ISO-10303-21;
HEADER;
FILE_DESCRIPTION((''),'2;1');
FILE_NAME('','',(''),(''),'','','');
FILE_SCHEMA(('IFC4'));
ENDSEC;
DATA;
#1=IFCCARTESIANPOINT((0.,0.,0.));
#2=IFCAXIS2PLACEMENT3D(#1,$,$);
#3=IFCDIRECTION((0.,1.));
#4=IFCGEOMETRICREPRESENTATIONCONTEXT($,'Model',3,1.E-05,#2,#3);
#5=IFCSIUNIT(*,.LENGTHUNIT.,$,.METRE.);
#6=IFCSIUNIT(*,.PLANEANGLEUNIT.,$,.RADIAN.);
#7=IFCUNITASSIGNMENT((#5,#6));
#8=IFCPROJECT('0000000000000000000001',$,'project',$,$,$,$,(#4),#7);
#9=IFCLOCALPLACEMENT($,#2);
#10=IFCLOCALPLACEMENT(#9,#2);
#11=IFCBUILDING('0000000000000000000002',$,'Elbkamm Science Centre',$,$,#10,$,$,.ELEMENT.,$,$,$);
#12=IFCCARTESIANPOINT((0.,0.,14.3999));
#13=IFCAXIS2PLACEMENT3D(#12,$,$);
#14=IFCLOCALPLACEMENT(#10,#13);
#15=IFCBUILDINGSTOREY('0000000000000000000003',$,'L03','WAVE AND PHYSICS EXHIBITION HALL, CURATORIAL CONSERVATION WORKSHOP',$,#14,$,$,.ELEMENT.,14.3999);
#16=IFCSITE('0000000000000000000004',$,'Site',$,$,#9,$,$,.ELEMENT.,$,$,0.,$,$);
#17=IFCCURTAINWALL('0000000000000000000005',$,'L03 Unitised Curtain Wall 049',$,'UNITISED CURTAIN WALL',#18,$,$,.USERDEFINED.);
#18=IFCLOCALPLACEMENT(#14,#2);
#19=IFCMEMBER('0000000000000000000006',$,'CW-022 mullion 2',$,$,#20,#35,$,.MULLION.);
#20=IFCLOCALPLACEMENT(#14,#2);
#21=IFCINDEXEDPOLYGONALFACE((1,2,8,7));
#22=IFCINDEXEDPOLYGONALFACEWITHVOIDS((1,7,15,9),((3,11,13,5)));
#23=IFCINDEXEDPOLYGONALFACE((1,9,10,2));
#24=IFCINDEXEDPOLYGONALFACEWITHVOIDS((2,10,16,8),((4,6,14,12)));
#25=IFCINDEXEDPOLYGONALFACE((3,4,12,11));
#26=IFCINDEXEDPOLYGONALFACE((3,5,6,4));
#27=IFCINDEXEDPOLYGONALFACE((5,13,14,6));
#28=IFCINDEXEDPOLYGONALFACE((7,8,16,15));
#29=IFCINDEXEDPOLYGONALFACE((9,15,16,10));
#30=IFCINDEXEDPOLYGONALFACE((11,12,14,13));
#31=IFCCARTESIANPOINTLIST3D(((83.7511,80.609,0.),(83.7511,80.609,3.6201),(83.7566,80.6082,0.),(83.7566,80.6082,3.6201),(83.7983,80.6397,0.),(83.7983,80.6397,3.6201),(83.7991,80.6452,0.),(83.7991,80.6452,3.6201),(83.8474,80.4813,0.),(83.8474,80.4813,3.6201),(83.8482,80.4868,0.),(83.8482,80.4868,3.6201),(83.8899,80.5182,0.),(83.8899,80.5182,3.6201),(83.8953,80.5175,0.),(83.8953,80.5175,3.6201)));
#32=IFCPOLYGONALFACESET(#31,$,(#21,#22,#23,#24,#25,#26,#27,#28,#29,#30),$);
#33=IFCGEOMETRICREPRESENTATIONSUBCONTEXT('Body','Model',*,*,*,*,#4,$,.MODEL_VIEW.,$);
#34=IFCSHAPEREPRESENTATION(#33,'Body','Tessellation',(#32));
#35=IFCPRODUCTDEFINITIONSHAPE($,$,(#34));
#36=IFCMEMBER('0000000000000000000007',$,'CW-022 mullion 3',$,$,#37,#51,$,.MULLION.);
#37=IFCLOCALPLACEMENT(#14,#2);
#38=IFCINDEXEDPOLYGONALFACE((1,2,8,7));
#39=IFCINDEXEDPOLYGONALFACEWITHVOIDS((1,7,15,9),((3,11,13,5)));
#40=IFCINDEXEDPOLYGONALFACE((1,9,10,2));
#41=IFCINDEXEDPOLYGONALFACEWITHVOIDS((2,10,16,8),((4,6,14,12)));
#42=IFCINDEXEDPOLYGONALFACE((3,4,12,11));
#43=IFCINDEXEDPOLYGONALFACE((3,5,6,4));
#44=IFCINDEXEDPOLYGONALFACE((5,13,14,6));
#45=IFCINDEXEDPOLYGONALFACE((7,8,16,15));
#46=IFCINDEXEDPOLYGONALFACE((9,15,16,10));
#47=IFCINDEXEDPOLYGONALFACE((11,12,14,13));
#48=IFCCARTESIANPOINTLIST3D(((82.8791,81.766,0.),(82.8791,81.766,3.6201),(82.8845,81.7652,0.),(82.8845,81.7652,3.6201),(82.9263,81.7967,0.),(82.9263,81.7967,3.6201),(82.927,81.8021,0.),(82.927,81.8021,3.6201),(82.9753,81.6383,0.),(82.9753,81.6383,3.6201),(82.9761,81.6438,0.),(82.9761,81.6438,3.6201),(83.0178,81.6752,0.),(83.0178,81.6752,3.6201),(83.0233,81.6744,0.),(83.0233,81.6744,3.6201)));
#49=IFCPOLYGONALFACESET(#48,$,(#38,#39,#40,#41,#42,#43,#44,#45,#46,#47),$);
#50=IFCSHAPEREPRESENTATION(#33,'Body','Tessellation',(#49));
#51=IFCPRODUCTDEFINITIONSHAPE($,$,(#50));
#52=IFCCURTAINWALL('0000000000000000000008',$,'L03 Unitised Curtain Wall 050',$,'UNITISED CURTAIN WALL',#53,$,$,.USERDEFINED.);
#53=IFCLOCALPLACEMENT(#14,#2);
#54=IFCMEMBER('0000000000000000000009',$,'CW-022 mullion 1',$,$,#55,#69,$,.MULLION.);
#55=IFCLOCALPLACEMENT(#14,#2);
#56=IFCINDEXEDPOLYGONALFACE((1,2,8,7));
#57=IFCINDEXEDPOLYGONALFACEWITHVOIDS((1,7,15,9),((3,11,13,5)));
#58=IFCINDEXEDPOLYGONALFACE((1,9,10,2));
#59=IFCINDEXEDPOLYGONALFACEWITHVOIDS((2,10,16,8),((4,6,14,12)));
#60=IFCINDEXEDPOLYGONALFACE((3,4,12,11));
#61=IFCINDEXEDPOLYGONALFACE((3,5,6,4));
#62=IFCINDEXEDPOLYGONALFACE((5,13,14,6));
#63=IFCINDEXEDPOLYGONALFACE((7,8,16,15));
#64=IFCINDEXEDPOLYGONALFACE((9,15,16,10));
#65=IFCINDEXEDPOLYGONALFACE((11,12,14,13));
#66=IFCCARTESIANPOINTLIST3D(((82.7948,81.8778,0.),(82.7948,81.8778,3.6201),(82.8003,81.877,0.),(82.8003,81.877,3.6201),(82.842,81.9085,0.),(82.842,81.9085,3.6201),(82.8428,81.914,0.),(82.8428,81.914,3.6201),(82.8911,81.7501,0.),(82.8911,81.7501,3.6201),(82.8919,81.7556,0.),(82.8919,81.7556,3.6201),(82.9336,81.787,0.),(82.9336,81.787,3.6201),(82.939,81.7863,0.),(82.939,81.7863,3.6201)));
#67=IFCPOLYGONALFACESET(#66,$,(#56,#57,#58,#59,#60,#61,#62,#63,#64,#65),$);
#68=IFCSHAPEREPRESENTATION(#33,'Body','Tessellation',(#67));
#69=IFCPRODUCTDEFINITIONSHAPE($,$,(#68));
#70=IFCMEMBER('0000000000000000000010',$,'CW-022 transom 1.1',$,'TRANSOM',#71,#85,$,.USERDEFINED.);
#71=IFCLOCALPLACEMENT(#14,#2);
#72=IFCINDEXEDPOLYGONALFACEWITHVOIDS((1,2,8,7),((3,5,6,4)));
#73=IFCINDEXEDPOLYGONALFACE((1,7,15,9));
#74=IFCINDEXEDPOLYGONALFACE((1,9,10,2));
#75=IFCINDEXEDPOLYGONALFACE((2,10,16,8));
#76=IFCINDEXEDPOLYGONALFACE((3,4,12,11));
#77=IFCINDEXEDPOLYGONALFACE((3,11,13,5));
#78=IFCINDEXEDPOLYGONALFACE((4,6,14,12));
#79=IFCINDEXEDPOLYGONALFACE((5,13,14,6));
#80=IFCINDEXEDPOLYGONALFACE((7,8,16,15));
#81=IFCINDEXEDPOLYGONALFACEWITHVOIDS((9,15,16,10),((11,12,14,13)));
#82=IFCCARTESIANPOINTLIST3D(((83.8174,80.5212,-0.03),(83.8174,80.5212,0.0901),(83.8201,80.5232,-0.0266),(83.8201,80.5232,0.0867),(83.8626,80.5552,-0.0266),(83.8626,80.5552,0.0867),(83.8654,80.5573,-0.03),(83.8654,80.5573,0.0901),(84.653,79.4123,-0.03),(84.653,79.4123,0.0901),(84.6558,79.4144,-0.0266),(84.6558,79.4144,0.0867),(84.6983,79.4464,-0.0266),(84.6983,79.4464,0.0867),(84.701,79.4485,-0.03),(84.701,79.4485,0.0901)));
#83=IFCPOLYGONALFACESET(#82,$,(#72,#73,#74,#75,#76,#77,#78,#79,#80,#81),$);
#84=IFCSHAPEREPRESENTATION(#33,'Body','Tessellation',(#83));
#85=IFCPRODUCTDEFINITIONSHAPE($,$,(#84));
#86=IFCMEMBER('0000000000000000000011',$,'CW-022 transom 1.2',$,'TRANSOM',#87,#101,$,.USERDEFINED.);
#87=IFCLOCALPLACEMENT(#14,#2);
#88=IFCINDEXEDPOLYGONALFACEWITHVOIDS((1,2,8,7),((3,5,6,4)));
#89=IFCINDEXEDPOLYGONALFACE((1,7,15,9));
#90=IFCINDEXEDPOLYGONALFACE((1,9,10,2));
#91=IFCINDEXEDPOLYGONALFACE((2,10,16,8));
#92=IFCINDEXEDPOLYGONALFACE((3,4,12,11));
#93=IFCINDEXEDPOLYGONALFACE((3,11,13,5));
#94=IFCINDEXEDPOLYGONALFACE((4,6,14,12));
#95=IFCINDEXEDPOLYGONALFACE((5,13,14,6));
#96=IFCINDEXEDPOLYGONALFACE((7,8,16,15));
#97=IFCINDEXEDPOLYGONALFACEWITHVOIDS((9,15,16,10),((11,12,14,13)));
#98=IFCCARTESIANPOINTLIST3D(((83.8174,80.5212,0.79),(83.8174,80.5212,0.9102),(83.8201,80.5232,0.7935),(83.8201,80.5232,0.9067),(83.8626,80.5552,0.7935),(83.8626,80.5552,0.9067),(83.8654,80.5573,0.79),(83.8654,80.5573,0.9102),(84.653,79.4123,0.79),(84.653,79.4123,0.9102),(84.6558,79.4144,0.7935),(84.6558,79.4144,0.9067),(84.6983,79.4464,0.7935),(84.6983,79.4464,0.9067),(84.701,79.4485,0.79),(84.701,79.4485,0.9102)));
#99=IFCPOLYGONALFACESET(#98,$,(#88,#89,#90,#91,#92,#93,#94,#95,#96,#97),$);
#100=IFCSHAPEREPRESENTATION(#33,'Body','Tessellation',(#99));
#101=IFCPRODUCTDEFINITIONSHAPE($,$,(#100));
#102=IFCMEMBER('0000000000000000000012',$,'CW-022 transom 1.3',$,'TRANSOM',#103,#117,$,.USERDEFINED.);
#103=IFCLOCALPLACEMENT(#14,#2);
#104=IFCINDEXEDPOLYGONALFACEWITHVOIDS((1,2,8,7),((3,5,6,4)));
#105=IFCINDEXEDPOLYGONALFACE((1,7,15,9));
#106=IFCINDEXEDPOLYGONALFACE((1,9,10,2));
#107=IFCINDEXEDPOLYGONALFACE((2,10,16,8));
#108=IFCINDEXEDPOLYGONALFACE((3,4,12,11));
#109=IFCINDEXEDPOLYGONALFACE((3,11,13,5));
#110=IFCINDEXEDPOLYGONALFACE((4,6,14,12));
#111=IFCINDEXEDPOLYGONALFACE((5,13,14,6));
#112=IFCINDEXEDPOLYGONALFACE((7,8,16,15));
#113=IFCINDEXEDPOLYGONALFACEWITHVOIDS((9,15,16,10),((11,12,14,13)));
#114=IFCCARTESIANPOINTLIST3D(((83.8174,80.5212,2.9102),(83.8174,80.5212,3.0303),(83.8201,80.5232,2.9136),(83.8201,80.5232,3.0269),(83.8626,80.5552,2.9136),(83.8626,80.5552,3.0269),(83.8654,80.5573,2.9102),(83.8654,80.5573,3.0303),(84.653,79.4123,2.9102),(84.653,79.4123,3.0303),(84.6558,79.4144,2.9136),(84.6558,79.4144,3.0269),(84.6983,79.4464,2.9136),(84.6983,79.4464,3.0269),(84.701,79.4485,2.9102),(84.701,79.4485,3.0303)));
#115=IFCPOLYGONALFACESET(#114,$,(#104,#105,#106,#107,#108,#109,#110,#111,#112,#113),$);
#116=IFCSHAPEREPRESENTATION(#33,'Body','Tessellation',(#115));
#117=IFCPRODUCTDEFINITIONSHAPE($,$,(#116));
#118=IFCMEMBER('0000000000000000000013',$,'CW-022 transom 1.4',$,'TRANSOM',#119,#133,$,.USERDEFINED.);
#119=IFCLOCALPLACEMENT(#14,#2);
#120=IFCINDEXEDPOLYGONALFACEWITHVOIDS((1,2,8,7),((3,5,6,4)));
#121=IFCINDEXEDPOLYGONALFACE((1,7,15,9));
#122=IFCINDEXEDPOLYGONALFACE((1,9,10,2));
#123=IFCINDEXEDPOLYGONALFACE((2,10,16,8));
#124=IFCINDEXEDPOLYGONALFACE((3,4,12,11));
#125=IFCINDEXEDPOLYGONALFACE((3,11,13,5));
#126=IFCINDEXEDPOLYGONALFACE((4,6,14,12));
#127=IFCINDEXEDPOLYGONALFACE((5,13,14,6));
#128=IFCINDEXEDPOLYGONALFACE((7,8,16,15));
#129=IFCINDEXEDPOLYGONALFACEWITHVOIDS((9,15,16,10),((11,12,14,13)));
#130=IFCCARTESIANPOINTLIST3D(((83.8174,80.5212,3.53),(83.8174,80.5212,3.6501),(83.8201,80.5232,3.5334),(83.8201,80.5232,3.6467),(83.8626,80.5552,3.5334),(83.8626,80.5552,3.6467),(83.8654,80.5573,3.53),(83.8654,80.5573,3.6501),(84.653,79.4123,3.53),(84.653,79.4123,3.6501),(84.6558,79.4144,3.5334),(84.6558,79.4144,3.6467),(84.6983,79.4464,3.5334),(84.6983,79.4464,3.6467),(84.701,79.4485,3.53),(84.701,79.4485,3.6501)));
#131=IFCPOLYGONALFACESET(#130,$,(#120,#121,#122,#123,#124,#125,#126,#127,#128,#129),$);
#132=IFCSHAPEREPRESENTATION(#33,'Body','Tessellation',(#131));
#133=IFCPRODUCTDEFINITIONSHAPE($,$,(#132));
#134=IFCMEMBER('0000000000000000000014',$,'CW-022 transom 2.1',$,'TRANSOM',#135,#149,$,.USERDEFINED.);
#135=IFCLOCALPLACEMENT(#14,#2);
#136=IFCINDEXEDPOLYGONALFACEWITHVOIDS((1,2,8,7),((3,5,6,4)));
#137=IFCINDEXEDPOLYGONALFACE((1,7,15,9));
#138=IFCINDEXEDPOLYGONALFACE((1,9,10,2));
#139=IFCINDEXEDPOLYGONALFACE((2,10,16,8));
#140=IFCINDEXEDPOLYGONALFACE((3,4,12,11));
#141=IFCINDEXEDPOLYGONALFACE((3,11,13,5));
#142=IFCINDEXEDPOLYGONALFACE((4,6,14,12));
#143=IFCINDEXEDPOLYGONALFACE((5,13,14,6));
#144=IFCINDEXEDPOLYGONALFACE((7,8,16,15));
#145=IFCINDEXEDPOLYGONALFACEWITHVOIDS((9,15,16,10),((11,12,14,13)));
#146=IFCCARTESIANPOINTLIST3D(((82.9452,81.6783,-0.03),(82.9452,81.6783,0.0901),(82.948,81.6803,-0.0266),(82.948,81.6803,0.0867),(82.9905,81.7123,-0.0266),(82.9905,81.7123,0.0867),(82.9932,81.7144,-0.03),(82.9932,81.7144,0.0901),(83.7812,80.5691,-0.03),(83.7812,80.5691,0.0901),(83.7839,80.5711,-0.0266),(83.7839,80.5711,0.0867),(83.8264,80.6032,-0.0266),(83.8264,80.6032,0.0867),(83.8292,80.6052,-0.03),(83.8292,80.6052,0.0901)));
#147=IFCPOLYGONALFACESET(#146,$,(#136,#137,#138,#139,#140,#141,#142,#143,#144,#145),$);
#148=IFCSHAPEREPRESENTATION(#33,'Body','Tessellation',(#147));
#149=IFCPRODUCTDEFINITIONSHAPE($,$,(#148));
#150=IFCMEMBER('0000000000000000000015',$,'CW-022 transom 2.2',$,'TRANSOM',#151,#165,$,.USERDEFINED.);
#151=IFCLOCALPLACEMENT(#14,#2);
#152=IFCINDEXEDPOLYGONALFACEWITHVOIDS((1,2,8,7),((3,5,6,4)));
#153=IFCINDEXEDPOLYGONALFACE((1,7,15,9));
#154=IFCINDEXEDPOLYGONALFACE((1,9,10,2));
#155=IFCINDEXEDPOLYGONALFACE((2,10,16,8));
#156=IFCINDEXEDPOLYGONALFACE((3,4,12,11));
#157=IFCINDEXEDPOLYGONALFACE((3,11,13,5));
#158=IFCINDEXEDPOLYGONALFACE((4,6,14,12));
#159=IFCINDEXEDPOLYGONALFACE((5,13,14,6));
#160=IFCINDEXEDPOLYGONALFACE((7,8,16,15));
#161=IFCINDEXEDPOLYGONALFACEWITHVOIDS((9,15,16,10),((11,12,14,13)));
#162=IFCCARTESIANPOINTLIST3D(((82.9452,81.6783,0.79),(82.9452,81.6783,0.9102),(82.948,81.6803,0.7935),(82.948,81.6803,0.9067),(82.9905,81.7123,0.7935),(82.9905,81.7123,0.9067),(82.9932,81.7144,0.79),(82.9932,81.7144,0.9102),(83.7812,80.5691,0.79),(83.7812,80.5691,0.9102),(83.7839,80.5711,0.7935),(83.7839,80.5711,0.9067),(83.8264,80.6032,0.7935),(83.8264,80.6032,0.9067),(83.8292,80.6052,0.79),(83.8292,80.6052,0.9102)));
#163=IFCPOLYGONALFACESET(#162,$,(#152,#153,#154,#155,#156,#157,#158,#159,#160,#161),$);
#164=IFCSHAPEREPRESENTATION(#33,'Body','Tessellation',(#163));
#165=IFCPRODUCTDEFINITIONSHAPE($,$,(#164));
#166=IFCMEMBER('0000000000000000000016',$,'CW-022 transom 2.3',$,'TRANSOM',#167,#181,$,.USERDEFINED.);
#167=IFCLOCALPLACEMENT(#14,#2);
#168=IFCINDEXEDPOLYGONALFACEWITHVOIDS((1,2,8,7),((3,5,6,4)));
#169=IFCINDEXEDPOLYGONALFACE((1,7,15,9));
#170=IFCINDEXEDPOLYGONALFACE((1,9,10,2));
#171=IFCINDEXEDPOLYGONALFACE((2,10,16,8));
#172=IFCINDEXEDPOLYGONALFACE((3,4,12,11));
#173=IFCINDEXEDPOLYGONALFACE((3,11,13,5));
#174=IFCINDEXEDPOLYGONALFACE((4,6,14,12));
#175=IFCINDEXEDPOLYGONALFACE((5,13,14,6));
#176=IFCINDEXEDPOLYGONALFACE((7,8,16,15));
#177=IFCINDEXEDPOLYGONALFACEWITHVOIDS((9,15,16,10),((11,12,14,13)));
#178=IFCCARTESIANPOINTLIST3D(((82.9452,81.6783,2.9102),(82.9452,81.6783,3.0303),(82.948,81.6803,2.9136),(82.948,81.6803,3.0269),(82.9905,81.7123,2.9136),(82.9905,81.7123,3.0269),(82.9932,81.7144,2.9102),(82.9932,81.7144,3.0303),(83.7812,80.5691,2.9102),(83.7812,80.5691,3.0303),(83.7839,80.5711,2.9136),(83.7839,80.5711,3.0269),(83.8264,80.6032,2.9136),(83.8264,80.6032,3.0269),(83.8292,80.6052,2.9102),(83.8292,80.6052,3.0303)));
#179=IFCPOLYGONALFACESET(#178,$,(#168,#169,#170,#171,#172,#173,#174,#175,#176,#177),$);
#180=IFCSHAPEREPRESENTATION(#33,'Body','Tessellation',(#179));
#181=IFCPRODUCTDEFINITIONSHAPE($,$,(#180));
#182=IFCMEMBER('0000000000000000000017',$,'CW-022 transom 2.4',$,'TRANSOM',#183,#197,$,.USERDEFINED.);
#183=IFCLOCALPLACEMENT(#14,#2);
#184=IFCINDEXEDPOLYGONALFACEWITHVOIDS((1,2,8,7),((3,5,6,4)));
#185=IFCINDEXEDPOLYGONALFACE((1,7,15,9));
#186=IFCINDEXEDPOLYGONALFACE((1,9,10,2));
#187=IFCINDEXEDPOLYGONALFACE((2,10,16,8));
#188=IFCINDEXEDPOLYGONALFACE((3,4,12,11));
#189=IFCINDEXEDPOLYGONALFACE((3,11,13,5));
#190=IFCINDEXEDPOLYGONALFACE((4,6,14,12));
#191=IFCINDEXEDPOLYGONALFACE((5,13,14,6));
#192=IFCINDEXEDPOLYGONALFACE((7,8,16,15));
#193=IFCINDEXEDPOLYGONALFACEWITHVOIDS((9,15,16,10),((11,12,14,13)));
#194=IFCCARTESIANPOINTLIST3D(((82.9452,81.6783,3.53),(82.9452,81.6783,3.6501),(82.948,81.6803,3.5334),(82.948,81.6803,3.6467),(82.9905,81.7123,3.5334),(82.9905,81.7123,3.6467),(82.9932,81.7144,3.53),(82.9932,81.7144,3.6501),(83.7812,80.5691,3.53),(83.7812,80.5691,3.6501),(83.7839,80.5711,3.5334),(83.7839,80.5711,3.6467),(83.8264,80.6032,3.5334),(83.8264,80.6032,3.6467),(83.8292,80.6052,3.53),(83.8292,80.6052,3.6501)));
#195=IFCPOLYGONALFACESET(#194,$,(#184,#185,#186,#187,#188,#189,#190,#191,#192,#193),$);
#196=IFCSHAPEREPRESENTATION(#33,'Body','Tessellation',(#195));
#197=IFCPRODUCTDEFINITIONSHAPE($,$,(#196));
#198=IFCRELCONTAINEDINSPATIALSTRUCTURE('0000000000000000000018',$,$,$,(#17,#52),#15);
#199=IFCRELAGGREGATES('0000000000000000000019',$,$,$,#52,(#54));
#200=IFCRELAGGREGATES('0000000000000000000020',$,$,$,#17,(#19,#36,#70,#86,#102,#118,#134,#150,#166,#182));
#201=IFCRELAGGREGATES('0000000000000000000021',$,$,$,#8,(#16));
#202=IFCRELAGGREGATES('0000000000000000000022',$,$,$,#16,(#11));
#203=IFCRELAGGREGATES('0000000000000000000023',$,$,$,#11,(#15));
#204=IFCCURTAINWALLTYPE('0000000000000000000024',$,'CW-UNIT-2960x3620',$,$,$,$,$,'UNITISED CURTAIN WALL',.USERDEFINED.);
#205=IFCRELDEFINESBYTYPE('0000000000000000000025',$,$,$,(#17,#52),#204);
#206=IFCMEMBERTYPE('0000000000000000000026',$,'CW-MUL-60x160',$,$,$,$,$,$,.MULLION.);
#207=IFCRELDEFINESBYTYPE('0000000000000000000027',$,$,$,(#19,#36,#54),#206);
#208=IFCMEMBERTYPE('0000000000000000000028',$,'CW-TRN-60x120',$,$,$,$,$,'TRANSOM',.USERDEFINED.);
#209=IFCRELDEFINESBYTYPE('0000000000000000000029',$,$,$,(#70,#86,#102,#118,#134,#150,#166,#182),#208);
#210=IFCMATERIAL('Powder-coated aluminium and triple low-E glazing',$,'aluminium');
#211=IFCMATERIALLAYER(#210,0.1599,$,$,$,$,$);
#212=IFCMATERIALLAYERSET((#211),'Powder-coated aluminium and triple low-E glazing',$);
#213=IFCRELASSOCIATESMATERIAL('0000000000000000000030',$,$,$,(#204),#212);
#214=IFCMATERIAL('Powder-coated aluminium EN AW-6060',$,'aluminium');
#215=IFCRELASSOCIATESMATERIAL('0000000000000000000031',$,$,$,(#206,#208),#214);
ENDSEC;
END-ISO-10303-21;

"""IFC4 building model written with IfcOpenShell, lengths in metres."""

from ifc_helpers import new_model, si_unit, direction, frame, origin, origin_2d, place, context, subcontext, project, spatial, hollow_rectangle, extrude, material, layer, layer_set, material_profile, profile_set, type_object, element, aggregate, save


model = new_model("IFC4")

# Units and contexts
model_context = context("Model", 3, precision=1e-05, world=origin(), true_north=direction((0.0, 1.0)))
body_context = subcontext(model_context, "Body", "Model", "MODEL_VIEW")
ifc_project = project(units=[si_unit("LENGTHUNIT", "METRE"), si_unit("PLANEANGLEUNIT", "RADIAN")], contexts=[model_context])

# Site, building, storey
site_placement = place(None, origin())
site = spatial("IfcSite", under=ifc_project, at=site_placement, Name="Site", CompositionType="ELEMENT", RefElevation=0.0)
building_placement = place(site_placement, origin())
building = spatial("IfcBuilding", under=site, at=building_placement, Name="Elbkamm Science Centre", CompositionType="ELEMENT")
storey_placement = place(building_placement, frame((0.0, 0.0, 14.3999)))
storey = spatial("IfcBuildingStorey", under=building, at=storey_placement, Name="L03", Description="WAVE AND PHYSICS EXHIBITION HALL, CURATORIAL CONSERVATION WORKSHOP", CompositionType="ELEMENT", Elevation=14.3999)

# Curtain wall, members
ifc_material_1 = material(Name="Powder-coated aluminium and triple low-E glazing", Category="aluminium")
ifc_layer_1 = layer(ifc_material_1, 0.1599)
ifc_layer_set_1 = layer_set([ifc_layer_1], Name="Powder-coated aluminium and triple low-E glazing")
curtain_wall_type = type_object("IfcCurtainWallType", Name="CW-UNIT-2960x3620", ElementType="UNITISED CURTAIN WALL", PredefinedType="USERDEFINED", material=ifc_layer_set_1)
curtain_wall_1_placement = place(storey_placement, origin())
curtain_wall_1 = element("IfcCurtainWall", 1, at=curtain_wall_1_placement, inside=storey, type_object=curtain_wall_type, Name="L03 Unitised Curtain Wall 049", ObjectType="UNITISED CURTAIN WALL", PredefinedType="USERDEFINED")
ifc_material_2 = material(Name="Powder-coated aluminium EN AW-6060", Category="aluminium")
ifc_material_profile_1 = material_profile(ifc_material_2, hollow_rectangle(XDim=0.0601, YDim=0.1599, WallThickness=0.0039, at=origin_2d()), Name="ALU M60x160")
ifc_profile_set_1 = profile_set([ifc_material_profile_1], Name="Powder-coated aluminium EN AW-6060")
member_type_1 = type_object("IfcMemberType", Name="CW-MUL-60x160", PredefinedType="MULLION", material=ifc_profile_set_1)
member_1_placement = place(storey_placement, frame((83.8232, 80.5632, 0.0), z_axis=(0.0, 0.0, 1.0), x_axis=(-0.798586, -0.601881, 0.0)))
member_1 = element("IfcMember", 2, at=member_1_placement, type_object=member_type_1, Name="CW-022 mullion 2", PredefinedType="MULLION", context=body_context, shape_type="SweptSolid", body=[
    extrude(hollow_rectangle(XDim=0.0601, YDim=0.1599, WallThickness=0.0039, at=origin_2d()), origin(), (0.0, 0.0, 1.0), 3.6201),
])
member_2_placement = place(storey_placement, frame((82.9512, 81.7202, 0.0), z_axis=(0.0, 0.0, 1.0), x_axis=(-0.798586, -0.601881, 0.0)))
member_2 = element("IfcMember", 3, at=member_2_placement, type_object=member_type_1, Name="CW-022 mullion 3", PredefinedType="MULLION", context=body_context, shape_type="SweptSolid", body=[
    extrude(hollow_rectangle(XDim=0.0601, YDim=0.1599, WallThickness=0.0039, at=origin_2d()), origin(), (0.0, 0.0, 1.0), 3.6201),
])

# Curtain wall, member
curtain_wall_2_placement = place(storey_placement, origin())
curtain_wall_2 = element("IfcCurtainWall", 4, at=curtain_wall_2_placement, inside=storey, type_object=curtain_wall_type, Name="L03 Unitised Curtain Wall 050", ObjectType="UNITISED CURTAIN WALL", PredefinedType="USERDEFINED")
member_3_placement = place(storey_placement, frame((82.8669, 81.832, 0.0), z_axis=(0.0, 0.0, 1.0), x_axis=(-0.798586, -0.601881, 0.0)))
member_3 = element("IfcMember", 5, at=member_3_placement, type_object=member_type_1, Name="CW-022 mullion 1", PredefinedType="MULLION", context=body_context, shape_type="SweptSolid", body=[
    extrude(hollow_rectangle(XDim=0.0601, YDim=0.1599, WallThickness=0.0039, at=origin_2d()), origin(), (0.0, 0.0, 1.0), 3.6201),
])

# Members
ifc_material_profile_2 = material_profile(ifc_material_2, hollow_rectangle(XDim=0.0601, YDim=0.1201, WallThickness=0.0034, at=origin_2d()), Name="ALU T60x120")
ifc_profile_set_2 = profile_set([ifc_material_profile_2], Name="Powder-coated aluminium EN AW-6060")
member_type_2 = type_object("IfcMemberType", Name="CW-TRN-60x120", ElementType="TRANSOM", PredefinedType="USERDEFINED", material=ifc_profile_set_2)
member_4_placement = place(storey_placement, frame((84.677, 79.4304, 0.03), z_axis=(-0.601855, 0.798605, 0.0), x_axis=(-0.798605, -0.601855, 0.0)))
member_4 = element("IfcMember", 6, at=member_4_placement, type_object=member_type_2, Name="CW-022 transom 1.1", ObjectType="TRANSOM", PredefinedType="USERDEFINED", context=body_context, shape_type="SweptSolid", body=[
    extrude(hollow_rectangle(XDim=0.0601, YDim=0.1201, WallThickness=0.0034, at=origin_2d()), origin(), (0.0, 0.0, 1.0), 1.3884),
])
member_5_placement = place(storey_placement, frame((84.677, 79.4304, 0.8501), z_axis=(-0.601855, 0.798605, 0.0), x_axis=(-0.798605, -0.601855, 0.0)))
member_5 = element("IfcMember", 7, at=member_5_placement, type_object=member_type_2, Name="CW-022 transom 1.2", ObjectType="TRANSOM", PredefinedType="USERDEFINED", context=body_context, shape_type="SweptSolid", body=[
    extrude(hollow_rectangle(XDim=0.0601, YDim=0.1201, WallThickness=0.0034, at=origin_2d()), origin(), (0.0, 0.0, 1.0), 1.3884),
])
member_6_placement = place(storey_placement, frame((84.677, 79.4304, 2.9702), z_axis=(-0.601855, 0.798605, 0.0), x_axis=(-0.798605, -0.601855, 0.0)))
member_6 = element("IfcMember", 8, at=member_6_placement, type_object=member_type_2, Name="CW-022 transom 1.3", ObjectType="TRANSOM", PredefinedType="USERDEFINED", context=body_context, shape_type="SweptSolid", body=[
    extrude(hollow_rectangle(XDim=0.0601, YDim=0.1201, WallThickness=0.0034, at=origin_2d()), origin(), (0.0, 0.0, 1.0), 1.3884),
])
member_7_placement = place(storey_placement, frame((84.677, 79.4304, 3.5901), z_axis=(-0.601855, 0.798605, 0.0), x_axis=(-0.798605, -0.601855, 0.0)))
member_7 = element("IfcMember", 9, at=member_7_placement, type_object=member_type_2, Name="CW-022 transom 1.4", ObjectType="TRANSOM", PredefinedType="USERDEFINED", context=body_context, shape_type="SweptSolid", body=[
    extrude(hollow_rectangle(XDim=0.0601, YDim=0.1201, WallThickness=0.0034, at=origin_2d()), origin(), (0.0, 0.0, 1.0), 1.3884),
])
member_8_placement = place(storey_placement, frame((83.8052, 80.5872, 0.03), z_axis=(-0.601883, 0.798584, 0.0), x_axis=(-0.798584, -0.601883, 0.0)))
member_8 = element("IfcMember", 10, at=member_8_placement, type_object=member_type_2, Name="CW-022 transom 2.1", ObjectType="TRANSOM", PredefinedType="USERDEFINED", context=body_context, shape_type="SweptSolid", body=[
    extrude(hollow_rectangle(XDim=0.0601, YDim=0.1201, WallThickness=0.0034, at=origin_2d()), origin(), (0.0, 0.0, 1.0), 1.3889),
])
member_9_placement = place(storey_placement, frame((83.8052, 80.5872, 0.8501), z_axis=(-0.601883, 0.798584, 0.0), x_axis=(-0.798584, -0.601883, 0.0)))
member_9 = element("IfcMember", 11, at=member_9_placement, type_object=member_type_2, Name="CW-022 transom 2.2", ObjectType="TRANSOM", PredefinedType="USERDEFINED", context=body_context, shape_type="SweptSolid", body=[
    extrude(hollow_rectangle(XDim=0.0601, YDim=0.1201, WallThickness=0.0034, at=origin_2d()), origin(), (0.0, 0.0, 1.0), 1.3889),
])
member_10_placement = place(storey_placement, frame((83.8052, 80.5872, 2.9702), z_axis=(-0.601883, 0.798584, 0.0), x_axis=(-0.798584, -0.601883, 0.0)))
member_10 = element("IfcMember", 12, at=member_10_placement, type_object=member_type_2, Name="CW-022 transom 2.3", ObjectType="TRANSOM", PredefinedType="USERDEFINED", context=body_context, shape_type="SweptSolid", body=[
    extrude(hollow_rectangle(XDim=0.0601, YDim=0.1201, WallThickness=0.0034, at=origin_2d()), origin(), (0.0, 0.0, 1.0), 1.3889),
])
member_11_placement = place(storey_placement, frame((83.8052, 80.5872, 3.5901), z_axis=(-0.601883, 0.798584, 0.0), x_axis=(-0.798584, -0.601883, 0.0)))
member_11 = element("IfcMember", 13, at=member_11_placement, type_object=member_type_2, Name="CW-022 transom 2.4", ObjectType="TRANSOM", PredefinedType="USERDEFINED", context=body_context, shape_type="SweptSolid", body=[
    extrude(hollow_rectangle(XDim=0.0601, YDim=0.1201, WallThickness=0.0034, at=origin_2d()), origin(), (0.0, 0.0, 1.0), 1.3889),
])
aggregate(curtain_wall_2, [member_3])

aggregate(curtain_wall_1, [member_1, member_2, member_4, member_5, member_6, member_7, member_8, member_9, member_10, member_11])

save(model, "model.ifc")
